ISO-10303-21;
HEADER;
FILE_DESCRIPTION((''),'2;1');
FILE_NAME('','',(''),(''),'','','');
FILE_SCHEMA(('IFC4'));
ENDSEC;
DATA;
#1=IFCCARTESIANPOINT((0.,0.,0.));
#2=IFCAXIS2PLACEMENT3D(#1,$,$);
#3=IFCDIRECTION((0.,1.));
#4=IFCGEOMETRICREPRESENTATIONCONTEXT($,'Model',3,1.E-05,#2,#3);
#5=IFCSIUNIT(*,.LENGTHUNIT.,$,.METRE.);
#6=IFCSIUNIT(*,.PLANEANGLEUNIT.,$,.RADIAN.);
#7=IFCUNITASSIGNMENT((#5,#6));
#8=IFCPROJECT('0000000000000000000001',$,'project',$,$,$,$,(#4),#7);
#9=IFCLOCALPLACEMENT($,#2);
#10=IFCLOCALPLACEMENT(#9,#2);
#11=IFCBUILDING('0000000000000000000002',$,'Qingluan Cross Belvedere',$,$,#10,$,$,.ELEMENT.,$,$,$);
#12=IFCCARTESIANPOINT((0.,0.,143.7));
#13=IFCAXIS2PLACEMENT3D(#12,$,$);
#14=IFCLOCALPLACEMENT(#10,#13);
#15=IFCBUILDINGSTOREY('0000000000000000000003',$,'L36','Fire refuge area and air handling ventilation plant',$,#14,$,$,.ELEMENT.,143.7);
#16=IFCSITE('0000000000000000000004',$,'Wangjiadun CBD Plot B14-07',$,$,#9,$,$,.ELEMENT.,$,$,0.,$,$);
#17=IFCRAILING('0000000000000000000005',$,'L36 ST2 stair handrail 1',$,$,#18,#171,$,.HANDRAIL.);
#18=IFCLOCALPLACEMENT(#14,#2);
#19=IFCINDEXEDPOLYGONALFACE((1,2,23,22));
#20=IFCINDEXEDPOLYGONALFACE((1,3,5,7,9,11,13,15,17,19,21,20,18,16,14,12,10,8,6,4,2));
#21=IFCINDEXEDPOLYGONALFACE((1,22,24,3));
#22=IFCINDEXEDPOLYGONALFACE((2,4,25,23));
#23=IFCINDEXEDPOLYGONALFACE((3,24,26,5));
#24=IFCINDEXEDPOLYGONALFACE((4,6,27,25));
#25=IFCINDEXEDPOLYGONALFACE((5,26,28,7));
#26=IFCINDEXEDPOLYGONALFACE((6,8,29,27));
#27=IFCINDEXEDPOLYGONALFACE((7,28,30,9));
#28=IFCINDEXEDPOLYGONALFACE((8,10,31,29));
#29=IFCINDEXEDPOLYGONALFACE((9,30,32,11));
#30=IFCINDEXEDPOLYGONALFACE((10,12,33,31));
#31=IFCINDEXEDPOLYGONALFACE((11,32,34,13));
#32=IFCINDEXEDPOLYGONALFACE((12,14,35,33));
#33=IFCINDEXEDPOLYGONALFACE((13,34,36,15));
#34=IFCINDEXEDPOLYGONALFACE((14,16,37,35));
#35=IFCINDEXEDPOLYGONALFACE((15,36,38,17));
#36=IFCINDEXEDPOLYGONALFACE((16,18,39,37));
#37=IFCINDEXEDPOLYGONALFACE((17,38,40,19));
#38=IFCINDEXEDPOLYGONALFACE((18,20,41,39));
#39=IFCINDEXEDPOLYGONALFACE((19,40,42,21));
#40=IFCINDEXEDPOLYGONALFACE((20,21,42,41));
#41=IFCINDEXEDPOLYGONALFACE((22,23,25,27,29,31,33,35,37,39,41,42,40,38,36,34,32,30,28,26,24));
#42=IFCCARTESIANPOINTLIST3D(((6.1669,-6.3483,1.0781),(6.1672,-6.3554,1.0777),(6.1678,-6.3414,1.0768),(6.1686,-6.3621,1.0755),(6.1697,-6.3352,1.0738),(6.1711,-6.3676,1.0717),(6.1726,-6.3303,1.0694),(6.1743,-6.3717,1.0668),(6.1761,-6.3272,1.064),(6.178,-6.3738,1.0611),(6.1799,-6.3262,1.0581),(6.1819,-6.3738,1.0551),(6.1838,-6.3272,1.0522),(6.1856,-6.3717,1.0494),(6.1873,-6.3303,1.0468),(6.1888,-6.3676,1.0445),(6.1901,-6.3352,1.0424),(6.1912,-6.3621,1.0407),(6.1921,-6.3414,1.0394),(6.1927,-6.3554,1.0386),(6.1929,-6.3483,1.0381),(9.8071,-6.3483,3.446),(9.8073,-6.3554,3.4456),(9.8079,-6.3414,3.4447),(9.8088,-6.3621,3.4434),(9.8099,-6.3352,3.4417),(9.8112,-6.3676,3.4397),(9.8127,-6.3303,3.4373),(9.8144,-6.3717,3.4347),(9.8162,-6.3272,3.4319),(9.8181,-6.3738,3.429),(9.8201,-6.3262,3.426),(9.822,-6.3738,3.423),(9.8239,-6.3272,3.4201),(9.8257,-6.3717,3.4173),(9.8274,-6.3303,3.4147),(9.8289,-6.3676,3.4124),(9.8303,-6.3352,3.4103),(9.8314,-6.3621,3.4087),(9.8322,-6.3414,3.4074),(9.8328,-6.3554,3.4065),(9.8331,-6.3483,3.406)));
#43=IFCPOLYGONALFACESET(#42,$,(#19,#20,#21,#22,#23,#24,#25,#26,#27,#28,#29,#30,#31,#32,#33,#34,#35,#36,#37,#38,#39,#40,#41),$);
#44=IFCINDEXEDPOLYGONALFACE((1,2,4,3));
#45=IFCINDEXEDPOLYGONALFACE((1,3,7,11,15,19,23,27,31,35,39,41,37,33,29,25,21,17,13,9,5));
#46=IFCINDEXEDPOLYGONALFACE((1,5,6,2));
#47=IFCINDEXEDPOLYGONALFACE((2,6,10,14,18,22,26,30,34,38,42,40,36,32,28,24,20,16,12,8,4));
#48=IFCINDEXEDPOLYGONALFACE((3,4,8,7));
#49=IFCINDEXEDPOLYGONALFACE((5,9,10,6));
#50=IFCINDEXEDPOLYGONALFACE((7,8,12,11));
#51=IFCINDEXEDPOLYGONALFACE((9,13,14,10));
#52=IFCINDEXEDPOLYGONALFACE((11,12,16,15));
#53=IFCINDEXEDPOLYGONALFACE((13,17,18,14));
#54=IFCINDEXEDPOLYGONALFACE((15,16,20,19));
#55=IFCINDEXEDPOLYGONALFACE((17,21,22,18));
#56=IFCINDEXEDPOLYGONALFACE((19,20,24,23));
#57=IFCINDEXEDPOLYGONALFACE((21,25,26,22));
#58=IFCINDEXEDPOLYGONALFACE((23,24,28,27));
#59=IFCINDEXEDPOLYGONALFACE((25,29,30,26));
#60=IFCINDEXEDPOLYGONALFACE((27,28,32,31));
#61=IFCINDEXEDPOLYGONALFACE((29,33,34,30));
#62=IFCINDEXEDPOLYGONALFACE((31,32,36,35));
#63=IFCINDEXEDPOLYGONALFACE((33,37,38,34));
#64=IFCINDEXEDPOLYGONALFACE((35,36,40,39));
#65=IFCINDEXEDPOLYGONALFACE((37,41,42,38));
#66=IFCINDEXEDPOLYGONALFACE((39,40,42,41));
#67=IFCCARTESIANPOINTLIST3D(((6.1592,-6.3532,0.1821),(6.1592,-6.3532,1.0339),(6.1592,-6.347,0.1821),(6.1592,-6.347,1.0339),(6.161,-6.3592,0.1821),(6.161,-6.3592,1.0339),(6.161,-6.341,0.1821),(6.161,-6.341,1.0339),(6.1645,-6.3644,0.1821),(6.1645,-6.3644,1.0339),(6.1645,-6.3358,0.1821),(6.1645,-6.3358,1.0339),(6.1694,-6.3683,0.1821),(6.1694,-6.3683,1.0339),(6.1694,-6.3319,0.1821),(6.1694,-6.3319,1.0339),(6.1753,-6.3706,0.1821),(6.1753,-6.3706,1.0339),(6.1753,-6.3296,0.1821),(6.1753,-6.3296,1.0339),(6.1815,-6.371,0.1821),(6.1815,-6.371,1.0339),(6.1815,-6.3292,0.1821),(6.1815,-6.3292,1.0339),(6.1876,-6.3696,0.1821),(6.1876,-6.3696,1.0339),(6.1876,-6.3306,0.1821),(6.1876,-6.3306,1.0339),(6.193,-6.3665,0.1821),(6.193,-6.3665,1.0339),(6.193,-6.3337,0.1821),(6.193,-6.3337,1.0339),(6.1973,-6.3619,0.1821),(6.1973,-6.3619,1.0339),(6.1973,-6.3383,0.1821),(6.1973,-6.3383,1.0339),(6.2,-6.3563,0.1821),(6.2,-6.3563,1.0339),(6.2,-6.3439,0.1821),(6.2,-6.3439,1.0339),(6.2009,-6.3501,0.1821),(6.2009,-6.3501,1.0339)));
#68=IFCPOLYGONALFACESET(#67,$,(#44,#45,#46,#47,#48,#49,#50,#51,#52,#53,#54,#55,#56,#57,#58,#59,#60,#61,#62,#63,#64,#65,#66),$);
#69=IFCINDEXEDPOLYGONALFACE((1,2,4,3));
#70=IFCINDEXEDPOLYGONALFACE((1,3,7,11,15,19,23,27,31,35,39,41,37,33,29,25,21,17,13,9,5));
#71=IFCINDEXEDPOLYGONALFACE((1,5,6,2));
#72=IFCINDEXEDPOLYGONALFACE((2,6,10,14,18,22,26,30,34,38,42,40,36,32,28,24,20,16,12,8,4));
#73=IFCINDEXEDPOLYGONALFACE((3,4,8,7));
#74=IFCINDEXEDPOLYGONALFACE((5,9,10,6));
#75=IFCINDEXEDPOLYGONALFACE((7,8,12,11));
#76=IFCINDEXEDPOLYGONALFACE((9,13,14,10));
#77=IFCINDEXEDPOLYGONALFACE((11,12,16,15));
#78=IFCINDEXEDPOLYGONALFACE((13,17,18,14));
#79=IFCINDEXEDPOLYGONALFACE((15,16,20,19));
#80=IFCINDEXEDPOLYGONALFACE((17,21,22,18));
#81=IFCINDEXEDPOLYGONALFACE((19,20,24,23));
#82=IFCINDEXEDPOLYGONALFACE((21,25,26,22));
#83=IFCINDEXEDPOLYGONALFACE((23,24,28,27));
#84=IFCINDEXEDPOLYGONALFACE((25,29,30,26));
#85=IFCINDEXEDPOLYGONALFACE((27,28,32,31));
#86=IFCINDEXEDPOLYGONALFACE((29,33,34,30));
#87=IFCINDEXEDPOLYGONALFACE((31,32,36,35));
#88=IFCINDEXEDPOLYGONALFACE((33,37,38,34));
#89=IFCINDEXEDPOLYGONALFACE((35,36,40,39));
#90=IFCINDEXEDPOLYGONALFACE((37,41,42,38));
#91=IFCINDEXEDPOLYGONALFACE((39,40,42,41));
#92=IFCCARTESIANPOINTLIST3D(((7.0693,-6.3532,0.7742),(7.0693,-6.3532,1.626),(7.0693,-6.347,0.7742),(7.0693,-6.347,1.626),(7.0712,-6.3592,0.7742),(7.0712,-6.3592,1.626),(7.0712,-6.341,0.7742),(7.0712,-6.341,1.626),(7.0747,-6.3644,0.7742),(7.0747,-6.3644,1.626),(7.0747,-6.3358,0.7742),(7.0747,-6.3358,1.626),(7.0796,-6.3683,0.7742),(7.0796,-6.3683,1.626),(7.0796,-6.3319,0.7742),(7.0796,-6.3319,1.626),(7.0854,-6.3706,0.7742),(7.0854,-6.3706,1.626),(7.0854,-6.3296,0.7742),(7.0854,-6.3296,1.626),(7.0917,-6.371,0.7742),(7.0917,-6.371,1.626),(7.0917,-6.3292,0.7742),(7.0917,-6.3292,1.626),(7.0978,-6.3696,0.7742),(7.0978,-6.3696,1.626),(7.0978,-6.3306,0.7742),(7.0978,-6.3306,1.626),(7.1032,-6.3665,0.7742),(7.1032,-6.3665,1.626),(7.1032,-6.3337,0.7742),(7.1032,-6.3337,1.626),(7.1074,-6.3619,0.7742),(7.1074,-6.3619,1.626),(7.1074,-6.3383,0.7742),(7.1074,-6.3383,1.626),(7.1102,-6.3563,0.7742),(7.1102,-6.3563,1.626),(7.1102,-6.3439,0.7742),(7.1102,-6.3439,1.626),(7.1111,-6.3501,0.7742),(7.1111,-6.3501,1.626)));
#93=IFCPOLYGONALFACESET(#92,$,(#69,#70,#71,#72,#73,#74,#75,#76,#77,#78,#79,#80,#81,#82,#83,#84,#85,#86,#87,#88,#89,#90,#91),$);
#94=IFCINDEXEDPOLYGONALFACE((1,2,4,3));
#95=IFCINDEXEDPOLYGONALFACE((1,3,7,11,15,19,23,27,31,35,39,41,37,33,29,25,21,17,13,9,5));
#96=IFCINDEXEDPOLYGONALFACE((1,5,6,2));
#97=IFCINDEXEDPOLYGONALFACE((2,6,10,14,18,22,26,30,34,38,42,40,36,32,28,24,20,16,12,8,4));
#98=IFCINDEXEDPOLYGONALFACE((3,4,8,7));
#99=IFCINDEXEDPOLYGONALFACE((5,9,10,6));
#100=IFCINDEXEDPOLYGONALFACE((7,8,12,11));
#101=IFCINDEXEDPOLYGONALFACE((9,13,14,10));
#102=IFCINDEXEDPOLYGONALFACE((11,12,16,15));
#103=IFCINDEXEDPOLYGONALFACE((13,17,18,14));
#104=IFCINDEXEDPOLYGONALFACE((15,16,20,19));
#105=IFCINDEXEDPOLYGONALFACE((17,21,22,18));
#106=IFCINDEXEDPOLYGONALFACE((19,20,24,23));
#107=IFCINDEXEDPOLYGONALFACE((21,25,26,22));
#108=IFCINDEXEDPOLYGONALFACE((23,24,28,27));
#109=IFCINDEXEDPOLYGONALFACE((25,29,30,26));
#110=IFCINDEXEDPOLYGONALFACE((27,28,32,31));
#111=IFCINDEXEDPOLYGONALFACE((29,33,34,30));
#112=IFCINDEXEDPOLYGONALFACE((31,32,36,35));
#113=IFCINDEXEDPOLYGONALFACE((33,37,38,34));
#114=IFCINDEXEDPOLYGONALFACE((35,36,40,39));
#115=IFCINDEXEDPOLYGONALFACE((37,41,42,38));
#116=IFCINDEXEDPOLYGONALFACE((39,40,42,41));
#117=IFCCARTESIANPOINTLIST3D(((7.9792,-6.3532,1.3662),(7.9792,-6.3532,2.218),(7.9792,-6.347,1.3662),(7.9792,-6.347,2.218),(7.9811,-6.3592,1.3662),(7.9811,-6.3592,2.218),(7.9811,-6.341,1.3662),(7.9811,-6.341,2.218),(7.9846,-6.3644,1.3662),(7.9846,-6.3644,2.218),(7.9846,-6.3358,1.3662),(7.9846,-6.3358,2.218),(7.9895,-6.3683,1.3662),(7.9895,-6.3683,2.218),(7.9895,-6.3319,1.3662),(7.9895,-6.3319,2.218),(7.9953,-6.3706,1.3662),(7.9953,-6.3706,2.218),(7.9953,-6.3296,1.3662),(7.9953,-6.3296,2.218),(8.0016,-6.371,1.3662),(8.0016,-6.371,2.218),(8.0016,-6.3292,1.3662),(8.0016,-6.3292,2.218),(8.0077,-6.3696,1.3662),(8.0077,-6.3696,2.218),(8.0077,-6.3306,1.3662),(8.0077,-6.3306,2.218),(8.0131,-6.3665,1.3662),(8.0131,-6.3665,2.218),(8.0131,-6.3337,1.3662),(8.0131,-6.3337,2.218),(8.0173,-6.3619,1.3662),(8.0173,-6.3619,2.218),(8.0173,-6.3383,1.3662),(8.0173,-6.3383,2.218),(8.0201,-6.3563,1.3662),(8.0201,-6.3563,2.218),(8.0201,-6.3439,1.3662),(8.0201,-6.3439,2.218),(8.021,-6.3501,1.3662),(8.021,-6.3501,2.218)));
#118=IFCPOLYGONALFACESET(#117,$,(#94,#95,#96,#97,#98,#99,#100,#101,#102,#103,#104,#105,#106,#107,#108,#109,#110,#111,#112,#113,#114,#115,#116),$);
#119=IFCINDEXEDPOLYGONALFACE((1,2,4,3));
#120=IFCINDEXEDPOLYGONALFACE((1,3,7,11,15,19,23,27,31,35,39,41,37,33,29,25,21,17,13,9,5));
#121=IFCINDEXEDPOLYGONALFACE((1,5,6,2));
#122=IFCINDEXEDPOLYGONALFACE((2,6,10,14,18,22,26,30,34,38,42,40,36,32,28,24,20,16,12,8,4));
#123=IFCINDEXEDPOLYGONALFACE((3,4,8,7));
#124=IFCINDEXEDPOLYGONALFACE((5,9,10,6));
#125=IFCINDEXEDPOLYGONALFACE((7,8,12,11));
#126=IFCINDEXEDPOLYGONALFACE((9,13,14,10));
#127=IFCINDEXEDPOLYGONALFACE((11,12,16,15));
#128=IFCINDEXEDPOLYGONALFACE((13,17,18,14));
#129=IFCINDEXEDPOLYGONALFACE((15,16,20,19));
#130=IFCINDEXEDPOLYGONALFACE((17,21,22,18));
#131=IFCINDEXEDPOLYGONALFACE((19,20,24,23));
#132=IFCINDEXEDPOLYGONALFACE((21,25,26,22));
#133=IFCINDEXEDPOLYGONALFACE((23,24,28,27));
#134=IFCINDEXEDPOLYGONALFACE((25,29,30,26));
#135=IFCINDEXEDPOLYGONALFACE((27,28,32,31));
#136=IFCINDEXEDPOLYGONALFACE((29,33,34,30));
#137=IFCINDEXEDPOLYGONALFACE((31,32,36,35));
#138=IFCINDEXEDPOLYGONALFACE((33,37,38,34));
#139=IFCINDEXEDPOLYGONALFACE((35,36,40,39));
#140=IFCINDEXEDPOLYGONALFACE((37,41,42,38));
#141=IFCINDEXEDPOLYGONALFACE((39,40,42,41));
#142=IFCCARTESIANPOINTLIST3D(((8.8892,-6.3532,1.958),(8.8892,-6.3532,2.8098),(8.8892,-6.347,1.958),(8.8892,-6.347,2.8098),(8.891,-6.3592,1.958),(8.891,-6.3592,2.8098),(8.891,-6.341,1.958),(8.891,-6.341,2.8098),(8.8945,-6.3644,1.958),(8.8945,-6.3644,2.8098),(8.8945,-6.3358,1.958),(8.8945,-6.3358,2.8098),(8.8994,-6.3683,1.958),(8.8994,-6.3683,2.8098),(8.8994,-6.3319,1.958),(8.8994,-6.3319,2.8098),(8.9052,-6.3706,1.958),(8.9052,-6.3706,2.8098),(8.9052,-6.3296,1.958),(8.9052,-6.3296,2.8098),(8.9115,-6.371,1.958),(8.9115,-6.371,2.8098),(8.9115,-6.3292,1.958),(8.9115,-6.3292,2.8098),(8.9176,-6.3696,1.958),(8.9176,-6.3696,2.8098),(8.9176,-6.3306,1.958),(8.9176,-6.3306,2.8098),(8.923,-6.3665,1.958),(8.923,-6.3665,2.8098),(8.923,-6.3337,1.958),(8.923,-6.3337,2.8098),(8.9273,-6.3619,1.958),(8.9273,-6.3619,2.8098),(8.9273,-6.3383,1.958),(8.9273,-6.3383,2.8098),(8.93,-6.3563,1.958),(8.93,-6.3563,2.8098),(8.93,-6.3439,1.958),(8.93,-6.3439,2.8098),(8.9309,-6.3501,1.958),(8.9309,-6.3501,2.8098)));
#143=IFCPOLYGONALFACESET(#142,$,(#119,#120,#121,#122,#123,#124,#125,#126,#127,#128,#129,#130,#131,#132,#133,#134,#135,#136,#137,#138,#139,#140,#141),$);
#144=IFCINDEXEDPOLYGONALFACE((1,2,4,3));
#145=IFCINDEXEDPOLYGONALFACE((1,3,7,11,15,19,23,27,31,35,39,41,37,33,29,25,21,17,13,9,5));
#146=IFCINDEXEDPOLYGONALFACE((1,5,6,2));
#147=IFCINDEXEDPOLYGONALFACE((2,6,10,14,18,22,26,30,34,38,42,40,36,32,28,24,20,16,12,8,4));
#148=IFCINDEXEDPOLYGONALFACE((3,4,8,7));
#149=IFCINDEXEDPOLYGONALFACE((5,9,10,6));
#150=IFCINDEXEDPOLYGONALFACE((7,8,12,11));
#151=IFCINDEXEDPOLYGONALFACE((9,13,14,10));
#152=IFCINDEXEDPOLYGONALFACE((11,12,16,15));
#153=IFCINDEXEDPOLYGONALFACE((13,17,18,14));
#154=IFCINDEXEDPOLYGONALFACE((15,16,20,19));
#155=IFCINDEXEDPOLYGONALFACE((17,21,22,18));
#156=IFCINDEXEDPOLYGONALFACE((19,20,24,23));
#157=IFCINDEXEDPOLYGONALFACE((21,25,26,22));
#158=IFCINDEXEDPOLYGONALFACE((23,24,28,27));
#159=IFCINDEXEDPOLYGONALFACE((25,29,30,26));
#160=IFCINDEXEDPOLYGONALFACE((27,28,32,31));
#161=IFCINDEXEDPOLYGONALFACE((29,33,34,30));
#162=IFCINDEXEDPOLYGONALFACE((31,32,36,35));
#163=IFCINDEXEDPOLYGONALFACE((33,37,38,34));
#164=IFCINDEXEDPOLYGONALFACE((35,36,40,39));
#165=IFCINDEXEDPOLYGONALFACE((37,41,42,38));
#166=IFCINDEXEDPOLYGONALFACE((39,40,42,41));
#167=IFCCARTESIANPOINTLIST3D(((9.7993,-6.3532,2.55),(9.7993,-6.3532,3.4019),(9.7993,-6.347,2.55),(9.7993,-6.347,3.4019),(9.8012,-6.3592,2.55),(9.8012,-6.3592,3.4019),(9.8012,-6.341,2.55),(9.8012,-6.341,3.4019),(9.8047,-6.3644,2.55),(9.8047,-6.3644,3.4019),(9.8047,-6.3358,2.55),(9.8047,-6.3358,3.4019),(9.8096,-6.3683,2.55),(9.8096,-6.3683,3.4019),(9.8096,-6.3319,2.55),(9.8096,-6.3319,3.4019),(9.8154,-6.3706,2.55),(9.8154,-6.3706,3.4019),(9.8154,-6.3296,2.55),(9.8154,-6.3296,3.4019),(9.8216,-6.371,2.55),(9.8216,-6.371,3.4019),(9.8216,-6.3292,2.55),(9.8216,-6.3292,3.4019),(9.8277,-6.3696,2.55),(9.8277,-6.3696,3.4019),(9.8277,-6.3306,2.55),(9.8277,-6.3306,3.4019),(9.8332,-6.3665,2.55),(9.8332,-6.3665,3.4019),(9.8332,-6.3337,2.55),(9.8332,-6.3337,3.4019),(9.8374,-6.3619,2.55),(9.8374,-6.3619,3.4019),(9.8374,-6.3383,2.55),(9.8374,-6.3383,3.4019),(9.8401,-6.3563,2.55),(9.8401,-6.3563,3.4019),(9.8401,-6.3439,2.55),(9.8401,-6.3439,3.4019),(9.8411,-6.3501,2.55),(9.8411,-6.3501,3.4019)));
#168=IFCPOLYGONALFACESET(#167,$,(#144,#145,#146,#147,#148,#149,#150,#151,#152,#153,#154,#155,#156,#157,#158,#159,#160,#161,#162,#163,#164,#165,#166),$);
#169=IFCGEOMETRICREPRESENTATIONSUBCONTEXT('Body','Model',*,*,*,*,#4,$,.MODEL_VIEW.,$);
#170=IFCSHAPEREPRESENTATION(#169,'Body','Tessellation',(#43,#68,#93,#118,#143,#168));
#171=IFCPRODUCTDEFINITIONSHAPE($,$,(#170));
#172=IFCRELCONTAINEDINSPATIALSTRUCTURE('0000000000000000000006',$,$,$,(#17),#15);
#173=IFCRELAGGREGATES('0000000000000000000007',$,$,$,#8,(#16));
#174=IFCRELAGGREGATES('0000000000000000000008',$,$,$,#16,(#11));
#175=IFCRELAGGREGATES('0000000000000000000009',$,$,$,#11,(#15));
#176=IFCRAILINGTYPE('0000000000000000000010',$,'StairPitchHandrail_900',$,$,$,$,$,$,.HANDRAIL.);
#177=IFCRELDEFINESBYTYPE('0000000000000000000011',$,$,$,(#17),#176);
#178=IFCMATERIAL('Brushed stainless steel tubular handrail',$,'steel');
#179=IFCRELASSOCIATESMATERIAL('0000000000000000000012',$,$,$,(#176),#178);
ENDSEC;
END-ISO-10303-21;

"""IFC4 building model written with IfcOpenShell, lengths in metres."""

from ifc_helpers import new_model, si_unit, direction, frame, origin, origin_2d, place, context, subcontext, project, spatial, circle, extrude, material, type_object, element, save


model = new_model("IFC4")

# Units and contexts
model_context = context("Model", 3, precision=1e-05, world=origin(), true_north=direction((0.0, 1.0)))
body_context = subcontext(model_context, "Body", "Model", "MODEL_VIEW")
ifc_project = project(units=[si_unit("LENGTHUNIT", "METRE"), si_unit("PLANEANGLEUNIT", "RADIAN")], contexts=[model_context])

# Site, building, storey
site_placement = place(None, origin())
site = spatial("IfcSite", under=ifc_project, at=site_placement, Name="Wangjiadun CBD Plot B14-07", CompositionType="ELEMENT", RefElevation=0.0)
building_placement = place(site_placement, origin())
building = spatial("IfcBuilding", under=site, at=building_placement, Name="Qingluan Cross Belvedere", CompositionType="ELEMENT")
storey_placement = place(building_placement, frame((0.0, 0.0, 143.7)))
storey = spatial("IfcBuildingStorey", under=building, at=storey_placement, Name="L36", Description="Fire refuge area and air handling ventilation plant", CompositionType="ELEMENT", Elevation=143.7)

# Railing
ifc_material_1 = material(Name="Brushed stainless steel tubular handrail", Category="steel")
railing_type_1 = type_object("IfcRailingType", Name="StairPitchHandrail_900", PredefinedType="HANDRAIL", material=ifc_material_1)
railing_1_placement = place(storey_placement, frame((6.1799, -6.3501, 0.1821)))
element("IfcRailing", 1, at=railing_1_placement, inside=storey, type_object=railing_type_1, Name="L36 ST2 stair handrail 1", PredefinedType="HANDRAIL", context=body_context, shape_type="SweptSolid", body=[
    extrude(circle(Radius=0.0239, at=origin_2d()), frame((0.0, 0.0, 0.876), z_axis=(0.838251, 0.0, 0.545285), x_axis=(0.0, 1.0, 0.0)), (0.0, 0.0, 1.0), 4.3425),
    extrude(circle(Radius=0.021, at=origin_2d()), origin(), (0.0, 0.0, 1.0), 0.8518),
    extrude(circle(Radius=0.021, at=origin_2d()), frame((0.9102, 0.0, 0.592)), (0.0, 0.0, 1.0), 0.8518),
    extrude(circle(Radius=0.021, at=origin_2d()), frame((1.8201, 0.0, 1.1841)), (0.0, 0.0, 1.0), 0.8518),
    extrude(circle(Radius=0.021, at=origin_2d()), frame((2.73, 0.0, 1.7759)), (0.0, 0.0, 1.0), 0.8518),
    extrude(circle(Radius=0.021, at=origin_2d()), frame((3.6401, 0.0, 2.3679)), (0.0, 0.0, 1.0), 0.8518),
])

save(model, "model.ifc")
